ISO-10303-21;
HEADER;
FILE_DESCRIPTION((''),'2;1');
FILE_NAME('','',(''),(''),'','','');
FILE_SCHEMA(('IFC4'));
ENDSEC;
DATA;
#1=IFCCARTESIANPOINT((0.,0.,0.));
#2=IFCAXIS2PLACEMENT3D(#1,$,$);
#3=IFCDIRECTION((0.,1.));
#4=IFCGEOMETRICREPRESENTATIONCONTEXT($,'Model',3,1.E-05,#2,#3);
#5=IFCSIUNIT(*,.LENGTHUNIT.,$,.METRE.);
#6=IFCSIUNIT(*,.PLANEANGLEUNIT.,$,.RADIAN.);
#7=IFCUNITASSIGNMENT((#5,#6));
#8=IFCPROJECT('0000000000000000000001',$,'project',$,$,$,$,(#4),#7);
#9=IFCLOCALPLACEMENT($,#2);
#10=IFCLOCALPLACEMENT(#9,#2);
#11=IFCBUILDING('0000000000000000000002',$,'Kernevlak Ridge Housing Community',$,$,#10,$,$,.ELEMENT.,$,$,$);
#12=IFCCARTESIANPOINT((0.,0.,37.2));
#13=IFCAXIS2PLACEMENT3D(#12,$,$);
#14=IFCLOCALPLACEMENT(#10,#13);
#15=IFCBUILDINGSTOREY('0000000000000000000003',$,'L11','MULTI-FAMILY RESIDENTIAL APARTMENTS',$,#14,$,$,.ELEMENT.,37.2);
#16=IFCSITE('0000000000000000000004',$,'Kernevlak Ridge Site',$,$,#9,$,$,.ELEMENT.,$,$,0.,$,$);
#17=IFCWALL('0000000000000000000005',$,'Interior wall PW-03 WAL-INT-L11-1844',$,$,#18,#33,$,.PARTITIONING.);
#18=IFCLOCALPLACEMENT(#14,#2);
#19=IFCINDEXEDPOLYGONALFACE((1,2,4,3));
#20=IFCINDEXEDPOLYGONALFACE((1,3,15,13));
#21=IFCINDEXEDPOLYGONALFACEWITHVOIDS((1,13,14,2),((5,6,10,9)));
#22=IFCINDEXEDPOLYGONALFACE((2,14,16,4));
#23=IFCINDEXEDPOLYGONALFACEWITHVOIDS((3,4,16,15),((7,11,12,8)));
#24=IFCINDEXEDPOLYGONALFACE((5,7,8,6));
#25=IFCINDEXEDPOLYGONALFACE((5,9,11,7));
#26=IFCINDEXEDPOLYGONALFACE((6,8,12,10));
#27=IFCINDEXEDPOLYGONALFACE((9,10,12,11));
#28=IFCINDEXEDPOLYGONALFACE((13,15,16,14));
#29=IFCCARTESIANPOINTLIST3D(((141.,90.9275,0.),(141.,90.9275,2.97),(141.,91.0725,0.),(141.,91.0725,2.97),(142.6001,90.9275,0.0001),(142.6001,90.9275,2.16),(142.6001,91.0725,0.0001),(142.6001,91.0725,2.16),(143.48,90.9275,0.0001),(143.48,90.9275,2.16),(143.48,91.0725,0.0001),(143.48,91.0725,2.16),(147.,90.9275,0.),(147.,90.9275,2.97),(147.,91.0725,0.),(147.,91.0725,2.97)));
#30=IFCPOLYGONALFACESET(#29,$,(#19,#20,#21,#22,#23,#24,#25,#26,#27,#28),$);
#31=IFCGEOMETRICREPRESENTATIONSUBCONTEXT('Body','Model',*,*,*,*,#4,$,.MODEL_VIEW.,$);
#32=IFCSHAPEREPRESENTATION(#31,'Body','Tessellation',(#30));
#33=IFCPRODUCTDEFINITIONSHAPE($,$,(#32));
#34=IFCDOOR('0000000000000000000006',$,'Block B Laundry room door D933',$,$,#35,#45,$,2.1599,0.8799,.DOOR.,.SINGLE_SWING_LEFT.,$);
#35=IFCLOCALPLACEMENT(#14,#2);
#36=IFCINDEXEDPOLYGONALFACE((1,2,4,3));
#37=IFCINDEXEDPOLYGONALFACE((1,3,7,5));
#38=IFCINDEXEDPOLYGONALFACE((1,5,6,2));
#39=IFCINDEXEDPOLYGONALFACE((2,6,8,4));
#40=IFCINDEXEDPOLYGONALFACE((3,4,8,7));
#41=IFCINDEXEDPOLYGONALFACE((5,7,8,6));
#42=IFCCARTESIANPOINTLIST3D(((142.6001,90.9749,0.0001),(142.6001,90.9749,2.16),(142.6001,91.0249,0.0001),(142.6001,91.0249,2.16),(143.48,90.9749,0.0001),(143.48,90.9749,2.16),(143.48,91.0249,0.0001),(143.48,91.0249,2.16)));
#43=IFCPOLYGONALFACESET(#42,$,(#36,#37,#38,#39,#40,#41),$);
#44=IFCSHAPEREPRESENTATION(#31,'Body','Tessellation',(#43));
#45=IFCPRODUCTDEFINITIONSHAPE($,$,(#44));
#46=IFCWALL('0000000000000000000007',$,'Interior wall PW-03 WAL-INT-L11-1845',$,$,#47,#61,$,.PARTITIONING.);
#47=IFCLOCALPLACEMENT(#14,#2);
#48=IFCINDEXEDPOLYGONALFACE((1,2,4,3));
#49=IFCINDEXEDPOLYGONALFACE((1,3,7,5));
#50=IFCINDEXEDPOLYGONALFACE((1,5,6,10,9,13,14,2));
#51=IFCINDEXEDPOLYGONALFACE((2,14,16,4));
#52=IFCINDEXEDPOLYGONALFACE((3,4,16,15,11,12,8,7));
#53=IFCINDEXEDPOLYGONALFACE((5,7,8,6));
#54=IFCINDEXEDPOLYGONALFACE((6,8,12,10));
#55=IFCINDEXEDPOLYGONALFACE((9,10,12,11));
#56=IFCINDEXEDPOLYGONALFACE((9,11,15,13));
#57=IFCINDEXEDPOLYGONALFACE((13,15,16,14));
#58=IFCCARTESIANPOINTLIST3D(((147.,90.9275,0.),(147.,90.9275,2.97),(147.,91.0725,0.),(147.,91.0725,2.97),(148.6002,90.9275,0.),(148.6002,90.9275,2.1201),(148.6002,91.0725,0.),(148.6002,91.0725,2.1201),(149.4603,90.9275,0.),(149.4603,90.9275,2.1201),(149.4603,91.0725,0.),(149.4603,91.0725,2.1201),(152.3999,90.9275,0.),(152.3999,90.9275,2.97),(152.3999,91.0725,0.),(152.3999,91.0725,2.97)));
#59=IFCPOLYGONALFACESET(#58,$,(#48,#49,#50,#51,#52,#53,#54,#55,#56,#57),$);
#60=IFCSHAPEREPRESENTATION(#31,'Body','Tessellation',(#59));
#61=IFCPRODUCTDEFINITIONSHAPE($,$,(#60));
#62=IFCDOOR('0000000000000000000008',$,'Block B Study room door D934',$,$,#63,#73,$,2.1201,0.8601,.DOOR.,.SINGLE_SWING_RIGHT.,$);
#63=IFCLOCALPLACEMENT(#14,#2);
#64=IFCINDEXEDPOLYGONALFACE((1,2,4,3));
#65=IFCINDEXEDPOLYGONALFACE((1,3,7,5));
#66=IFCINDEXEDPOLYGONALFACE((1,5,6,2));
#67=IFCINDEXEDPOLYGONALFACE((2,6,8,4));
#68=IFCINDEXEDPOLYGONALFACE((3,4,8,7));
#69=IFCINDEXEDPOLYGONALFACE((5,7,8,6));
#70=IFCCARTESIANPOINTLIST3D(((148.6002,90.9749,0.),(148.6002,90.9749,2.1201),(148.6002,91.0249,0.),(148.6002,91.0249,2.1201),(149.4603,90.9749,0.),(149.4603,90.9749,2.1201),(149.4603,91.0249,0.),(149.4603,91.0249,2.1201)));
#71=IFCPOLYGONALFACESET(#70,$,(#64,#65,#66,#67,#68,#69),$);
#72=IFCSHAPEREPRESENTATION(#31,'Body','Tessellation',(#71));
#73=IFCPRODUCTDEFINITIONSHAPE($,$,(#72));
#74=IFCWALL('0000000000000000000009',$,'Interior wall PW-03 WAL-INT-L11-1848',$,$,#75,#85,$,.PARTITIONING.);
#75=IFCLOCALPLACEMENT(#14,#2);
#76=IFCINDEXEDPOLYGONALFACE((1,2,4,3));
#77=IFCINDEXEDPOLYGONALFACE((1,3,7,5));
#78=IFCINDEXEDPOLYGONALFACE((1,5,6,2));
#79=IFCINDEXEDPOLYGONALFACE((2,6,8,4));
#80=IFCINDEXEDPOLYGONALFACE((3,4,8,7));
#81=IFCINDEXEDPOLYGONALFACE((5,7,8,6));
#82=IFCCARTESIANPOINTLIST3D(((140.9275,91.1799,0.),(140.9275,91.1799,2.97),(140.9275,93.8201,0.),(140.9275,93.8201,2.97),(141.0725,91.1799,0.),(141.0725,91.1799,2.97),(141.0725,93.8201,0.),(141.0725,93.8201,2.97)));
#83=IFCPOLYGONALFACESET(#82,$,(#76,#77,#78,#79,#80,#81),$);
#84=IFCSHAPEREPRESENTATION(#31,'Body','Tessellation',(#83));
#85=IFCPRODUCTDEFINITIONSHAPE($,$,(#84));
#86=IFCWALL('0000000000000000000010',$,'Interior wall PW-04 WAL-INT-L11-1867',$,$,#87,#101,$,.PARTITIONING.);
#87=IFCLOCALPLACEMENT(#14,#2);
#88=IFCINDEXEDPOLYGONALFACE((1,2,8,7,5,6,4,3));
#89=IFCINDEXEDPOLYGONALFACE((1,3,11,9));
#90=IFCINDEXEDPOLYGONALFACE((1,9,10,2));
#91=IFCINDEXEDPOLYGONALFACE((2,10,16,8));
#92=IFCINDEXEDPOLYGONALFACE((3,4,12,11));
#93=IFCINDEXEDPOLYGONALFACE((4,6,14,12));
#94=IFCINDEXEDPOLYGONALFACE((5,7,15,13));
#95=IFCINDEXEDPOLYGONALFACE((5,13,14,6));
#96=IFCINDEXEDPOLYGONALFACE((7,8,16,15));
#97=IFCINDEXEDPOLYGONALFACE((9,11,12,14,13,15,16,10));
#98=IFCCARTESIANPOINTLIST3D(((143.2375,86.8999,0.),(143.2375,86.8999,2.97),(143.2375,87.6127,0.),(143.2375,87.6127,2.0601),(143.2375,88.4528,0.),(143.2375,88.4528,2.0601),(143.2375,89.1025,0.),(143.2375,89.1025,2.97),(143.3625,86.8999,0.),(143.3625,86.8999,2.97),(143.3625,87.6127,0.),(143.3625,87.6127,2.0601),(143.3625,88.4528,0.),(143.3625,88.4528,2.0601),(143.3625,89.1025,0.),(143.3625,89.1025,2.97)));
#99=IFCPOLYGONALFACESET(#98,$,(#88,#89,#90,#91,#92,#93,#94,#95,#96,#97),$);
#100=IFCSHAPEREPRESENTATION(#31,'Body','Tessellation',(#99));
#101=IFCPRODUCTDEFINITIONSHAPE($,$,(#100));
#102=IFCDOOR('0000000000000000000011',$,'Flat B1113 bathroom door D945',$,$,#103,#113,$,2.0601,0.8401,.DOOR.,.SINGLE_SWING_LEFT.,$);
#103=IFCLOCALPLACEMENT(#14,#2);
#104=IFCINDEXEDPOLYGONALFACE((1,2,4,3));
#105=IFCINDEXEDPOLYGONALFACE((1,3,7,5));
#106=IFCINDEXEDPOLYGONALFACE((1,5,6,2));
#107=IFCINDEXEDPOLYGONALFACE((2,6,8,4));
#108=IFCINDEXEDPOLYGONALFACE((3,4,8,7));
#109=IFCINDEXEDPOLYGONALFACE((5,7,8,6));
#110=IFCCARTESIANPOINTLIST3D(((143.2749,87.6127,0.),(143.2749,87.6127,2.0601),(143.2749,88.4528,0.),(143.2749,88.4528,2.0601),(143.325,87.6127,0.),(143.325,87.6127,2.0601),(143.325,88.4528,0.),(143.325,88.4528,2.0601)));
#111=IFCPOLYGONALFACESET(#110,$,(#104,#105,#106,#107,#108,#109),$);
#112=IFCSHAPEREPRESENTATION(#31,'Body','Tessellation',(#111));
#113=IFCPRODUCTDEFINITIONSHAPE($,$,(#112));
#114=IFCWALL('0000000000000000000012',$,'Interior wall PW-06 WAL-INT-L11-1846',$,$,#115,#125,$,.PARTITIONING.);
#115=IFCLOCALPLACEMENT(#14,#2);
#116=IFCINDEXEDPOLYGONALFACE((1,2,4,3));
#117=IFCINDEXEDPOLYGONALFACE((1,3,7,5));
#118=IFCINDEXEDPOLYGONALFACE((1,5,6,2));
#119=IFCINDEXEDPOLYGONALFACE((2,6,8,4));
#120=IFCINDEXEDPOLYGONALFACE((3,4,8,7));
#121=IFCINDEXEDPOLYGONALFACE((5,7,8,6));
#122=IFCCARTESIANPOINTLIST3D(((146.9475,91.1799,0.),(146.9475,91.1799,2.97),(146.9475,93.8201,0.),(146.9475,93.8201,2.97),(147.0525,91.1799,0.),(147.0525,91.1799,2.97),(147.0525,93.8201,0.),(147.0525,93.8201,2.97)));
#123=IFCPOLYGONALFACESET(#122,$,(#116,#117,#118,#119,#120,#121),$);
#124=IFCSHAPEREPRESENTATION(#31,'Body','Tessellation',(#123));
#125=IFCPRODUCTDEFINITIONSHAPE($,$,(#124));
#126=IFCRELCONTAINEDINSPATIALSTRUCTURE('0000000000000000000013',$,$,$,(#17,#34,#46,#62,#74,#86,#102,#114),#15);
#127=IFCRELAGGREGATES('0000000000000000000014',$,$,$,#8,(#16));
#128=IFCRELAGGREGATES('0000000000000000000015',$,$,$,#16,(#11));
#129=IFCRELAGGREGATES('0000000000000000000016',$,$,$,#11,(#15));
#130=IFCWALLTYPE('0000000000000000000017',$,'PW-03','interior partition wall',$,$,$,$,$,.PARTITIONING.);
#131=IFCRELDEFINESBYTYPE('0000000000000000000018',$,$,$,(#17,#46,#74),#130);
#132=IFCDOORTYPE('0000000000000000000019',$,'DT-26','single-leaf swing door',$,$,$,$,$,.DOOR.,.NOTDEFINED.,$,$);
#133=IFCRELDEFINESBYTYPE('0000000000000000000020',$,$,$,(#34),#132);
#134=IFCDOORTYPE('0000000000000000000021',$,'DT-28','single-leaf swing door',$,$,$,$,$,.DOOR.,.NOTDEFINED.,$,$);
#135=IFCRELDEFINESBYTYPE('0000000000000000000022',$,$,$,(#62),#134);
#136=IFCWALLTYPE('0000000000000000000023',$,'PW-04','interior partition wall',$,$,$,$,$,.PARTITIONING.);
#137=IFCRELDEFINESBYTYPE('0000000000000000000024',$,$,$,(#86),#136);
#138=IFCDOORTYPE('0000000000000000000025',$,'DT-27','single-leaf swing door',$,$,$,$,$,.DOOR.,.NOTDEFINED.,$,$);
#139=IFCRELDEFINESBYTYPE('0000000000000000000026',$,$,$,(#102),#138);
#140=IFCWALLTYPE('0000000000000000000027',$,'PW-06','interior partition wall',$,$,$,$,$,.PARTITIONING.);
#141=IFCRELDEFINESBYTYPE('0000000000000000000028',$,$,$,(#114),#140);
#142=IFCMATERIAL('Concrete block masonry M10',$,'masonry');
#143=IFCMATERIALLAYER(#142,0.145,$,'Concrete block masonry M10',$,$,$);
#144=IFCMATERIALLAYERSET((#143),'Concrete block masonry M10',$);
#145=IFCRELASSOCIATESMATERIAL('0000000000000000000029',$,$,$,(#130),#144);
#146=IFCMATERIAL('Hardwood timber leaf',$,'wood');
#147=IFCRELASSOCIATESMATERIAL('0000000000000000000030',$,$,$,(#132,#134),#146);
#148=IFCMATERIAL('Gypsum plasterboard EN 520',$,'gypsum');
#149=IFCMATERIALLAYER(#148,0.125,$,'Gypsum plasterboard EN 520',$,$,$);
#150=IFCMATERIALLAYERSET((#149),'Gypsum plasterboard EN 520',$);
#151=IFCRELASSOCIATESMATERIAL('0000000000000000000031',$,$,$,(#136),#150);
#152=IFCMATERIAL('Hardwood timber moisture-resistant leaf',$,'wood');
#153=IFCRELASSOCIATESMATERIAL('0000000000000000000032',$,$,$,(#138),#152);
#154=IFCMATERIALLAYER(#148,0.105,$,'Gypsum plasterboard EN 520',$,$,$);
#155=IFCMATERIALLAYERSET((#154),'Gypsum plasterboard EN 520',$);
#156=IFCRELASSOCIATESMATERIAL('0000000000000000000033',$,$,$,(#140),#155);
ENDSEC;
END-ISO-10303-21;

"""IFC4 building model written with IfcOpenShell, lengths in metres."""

from ifc_helpers import new_model, si_unit, direction, frame, frame_2d, origin, place, context, subcontext, project, spatial, rectangle, extrude, material, layer, layer_set, type_object, element, fill, save


model = new_model("IFC4")

# Units and contexts
model_context = context("Model", 3, precision=1e-05, world=origin(), true_north=direction((0.0, 1.0)))
body_context = subcontext(model_context, "Body", "Model", "MODEL_VIEW")
ifc_project = project(units=[si_unit("LENGTHUNIT", "METRE"), si_unit("PLANEANGLEUNIT", "RADIAN")], contexts=[model_context])

# Site, building, storey
site_placement = place(None, origin())
site = spatial("IfcSite", under=ifc_project, at=site_placement, Name="Kernevlak Ridge Site", CompositionType="ELEMENT", RefElevation=0.0)
building_placement = place(site_placement, origin())
building = spatial("IfcBuilding", under=site, at=building_placement, Name="Kernevlak Ridge Housing Community", CompositionType="ELEMENT")
storey_placement = place(building_placement, frame((0.0, 0.0, 37.2)))
storey = spatial("IfcBuildingStorey", under=building, at=storey_placement, Name="L11", Description="MULTI-FAMILY RESIDENTIAL APARTMENTS", CompositionType="ELEMENT", Elevation=37.2)

# Shared definitions
ifc_material_1 = material(Name="Concrete block masonry M10", Category="masonry")

# Walls, openings, doors
ifc_layer_1 = layer(ifc_material_1, 0.145, Name="Concrete block masonry M10")
ifc_layer_set_1 = layer_set([ifc_layer_1], Name="Concrete block masonry M10")
wall_type_1 = type_object("IfcWallType", Name="PW-03", Description="interior partition wall", PredefinedType="PARTITIONING", material=ifc_layer_set_1)
wall_1_placement = place(storey_placement, frame((141.0, 91.0, 0.0), z_axis=(0.0, 0.0, 1.0), x_axis=(1.0, 0.0, 0.0)))
wall_1 = element("IfcWall", 1, at=wall_1_placement, inside=storey, type_object=wall_type_1, Name="Interior wall PW-03 WAL-INT-L11-1844", PredefinedType="PARTITIONING", context=body_context, shape_type="SweptSolid", body=[
    extrude(rectangle(XDim=6.0, YDim=0.145, at=frame_2d((3.0, 0.0))), origin(), (0.0, 0.0, 1.0), 2.97),
])
opening_1_placement = place(wall_1_placement, frame((1.6001, 0.0, 0.0)))
opening_1 = element("IfcOpeningElement", 2, at=opening_1_placement, cuts=wall_1, PredefinedType="OPENING", context=body_context, shape_type="SweptSolid", body=[
    extrude(rectangle(XDim=0.8799, YDim=2.1599, at=frame_2d((0.4399, 1.0801))), frame((0.0, 0.0825, 0.0), z_axis=(0.0, -1.0, 0.0), x_axis=(1.0, 0.0, 0.0)), (0.0, 0.0, 1.0), 0.165),
])
ifc_material_2 = material(Name="Hardwood timber leaf", Category="wood")
door_type_1 = type_object("IfcDoorType", Name="DT-26", Description="single-leaf swing door", OperationType="NOTDEFINED", PredefinedType="DOOR", material=ifc_material_2)
door_1_placement = place(opening_1_placement, origin())
door_1 = element("IfcDoor", 3, at=door_1_placement, inside=storey, type_object=door_type_1, Name="Block B Laundry room door D933", OperationType="SINGLE_SWING_LEFT", OverallHeight=2.1599, OverallWidth=0.8799, PredefinedType="DOOR", context=body_context, shape_type="SweptSolid", body=[
    extrude(rectangle(XDim=0.8799, YDim=2.1599, at=frame_2d((0.4399, 1.0801))), frame((0.0, 0.0249, 0.0), z_axis=(0.0, -1.0, 0.0), x_axis=(1.0, 0.0, 0.0)), (0.0, 0.0, 1.0), 0.05),
])
fill(opening_1, door_1)
wall_2_placement = place(storey_placement, frame((147.0, 91.0, 0.0), z_axis=(0.0, 0.0, 1.0), x_axis=(1.0, 0.0, 0.0)))
wall_2 = element("IfcWall", 4, at=wall_2_placement, inside=storey, type_object=wall_type_1, Name="Interior wall PW-03 WAL-INT-L11-1845", PredefinedType="PARTITIONING", context=body_context, shape_type="SweptSolid", body=[
    extrude(rectangle(XDim=5.3999, YDim=0.145, at=frame_2d((2.7, 0.0))), origin(), (0.0, 0.0, 1.0), 2.97),
])
opening_2_placement = place(wall_2_placement, frame((1.6001, 0.0, 0.0)))
opening_2 = element("IfcOpeningElement", 5, at=opening_2_placement, cuts=wall_2, PredefinedType="OPENING", context=body_context, shape_type="SweptSolid", body=[
    extrude(rectangle(XDim=0.8601, YDim=2.1201, at=frame_2d((0.4302, 1.0601))), frame((0.0, 0.0825, 0.0), z_axis=(0.0, -1.0, 0.0), x_axis=(1.0, 0.0, 0.0)), (0.0, 0.0, 1.0), 0.165),
])
door_type_2 = type_object("IfcDoorType", Name="DT-28", Description="single-leaf swing door", OperationType="NOTDEFINED", PredefinedType="DOOR", material=ifc_material_2)
door_2_placement = place(opening_2_placement, origin())
door_2 = element("IfcDoor", 6, at=door_2_placement, inside=storey, type_object=door_type_2, Name="Block B Study room door D934", OperationType="SINGLE_SWING_RIGHT", OverallHeight=2.1201, OverallWidth=0.8601, PredefinedType="DOOR", context=body_context, shape_type="SweptSolid", body=[
    extrude(rectangle(XDim=0.8601, YDim=2.1201, at=frame_2d((0.4302, 1.0601))), frame((0.0, 0.0249, 0.0), z_axis=(0.0, -1.0, 0.0), x_axis=(1.0, 0.0, 0.0)), (0.0, 0.0, 1.0), 0.05),
])
fill(opening_2, door_2)

# Wall
wall_3_placement = place(storey_placement, frame((141.0, 91.1799, 0.0), z_axis=(0.0, 0.0, 1.0), x_axis=(0.0, 1.0, 0.0)))
element("IfcWall", 7, at=wall_3_placement, inside=storey, type_object=wall_type_1, Name="Interior wall PW-03 WAL-INT-L11-1848", PredefinedType="PARTITIONING", context=body_context, shape_type="SweptSolid", body=[
    extrude(rectangle(XDim=2.6401, YDim=0.145, at=frame_2d((1.3201, 0.0))), origin(), (0.0, 0.0, 1.0), 2.97),
])

# Wall, opening, door
ifc_material_3 = material(Name="Gypsum plasterboard EN 520", Category="gypsum")
ifc_layer_2 = layer(ifc_material_3, 0.125, Name="Gypsum plasterboard EN 520")
ifc_layer_set_2 = layer_set([ifc_layer_2], Name="Gypsum plasterboard EN 520")
wall_type_2 = type_object("IfcWallType", Name="PW-04", Description="interior partition wall", PredefinedType="PARTITIONING", material=ifc_layer_set_2)
wall_4_placement = place(storey_placement, frame((143.3, 89.1025, 0.0), z_axis=(0.0, 0.0, 1.0), x_axis=(0.0, -1.0, 0.0)))
wall_4 = element("IfcWall", 8, at=wall_4_placement, inside=storey, type_object=wall_type_2, Name="Interior wall PW-04 WAL-INT-L11-1867", PredefinedType="PARTITIONING", context=body_context, shape_type="SweptSolid", body=[
    extrude(rectangle(XDim=2.2026, YDim=0.125, at=frame_2d((1.1013, 0.0))), origin(), (0.0, 0.0, 1.0), 2.97),
])
opening_3_placement = place(wall_4_placement, frame((0.6499, 0.0, 0.0)))
opening_3 = element("IfcOpeningElement", 9, at=opening_3_placement, cuts=wall_4, PredefinedType="OPENING", context=body_context, shape_type="SweptSolid", body=[
    extrude(rectangle(XDim=0.8401, YDim=2.0601, at=frame_2d((0.4199, 1.03))), frame((0.0, 0.0725, 0.0), z_axis=(0.0, -1.0, 0.0), x_axis=(1.0, 0.0, 0.0)), (0.0, 0.0, 1.0), 0.145),
])
ifc_material_4 = material(Name="Hardwood timber moisture-resistant leaf", Category="wood")
door_type_3 = type_object("IfcDoorType", Name="DT-27", Description="single-leaf swing door", OperationType="NOTDEFINED", PredefinedType="DOOR", material=ifc_material_4)
door_3_placement = place(opening_3_placement, origin())
door_3 = element("IfcDoor", 10, at=door_3_placement, inside=storey, type_object=door_type_3, Name="Flat B1113 bathroom door D945", OperationType="SINGLE_SWING_LEFT", OverallHeight=2.0601, OverallWidth=0.8401, PredefinedType="DOOR", context=body_context, shape_type="SweptSolid", body=[
    extrude(rectangle(XDim=0.8401, YDim=2.0601, at=frame_2d((0.4199, 1.03))), frame((0.0, 0.0249, 0.0), z_axis=(0.0, -1.0, 0.0), x_axis=(1.0, 0.0, 0.0)), (0.0, 0.0, 1.0), 0.05),
])
fill(opening_3, door_3)

# Wall
ifc_layer_3 = layer(ifc_material_3, 0.105, Name="Gypsum plasterboard EN 520")
ifc_layer_set_3 = layer_set([ifc_layer_3], Name="Gypsum plasterboard EN 520")
wall_type_3 = type_object("IfcWallType", Name="PW-06", Description="interior partition wall", PredefinedType="PARTITIONING", material=ifc_layer_set_3)
wall_5_placement = place(storey_placement, frame((147.0, 91.1799, 0.0), z_axis=(0.0, 0.0, 1.0), x_axis=(0.0, 1.0, 0.0)))
element("IfcWall", 11, at=wall_5_placement, inside=storey, type_object=wall_type_3, Name="Interior wall PW-06 WAL-INT-L11-1846", PredefinedType="PARTITIONING", context=body_context, shape_type="SweptSolid", body=[
    extrude(rectangle(XDim=2.6401, YDim=0.105, at=frame_2d((1.3201, 0.0))), origin(), (0.0, 0.0, 1.0), 2.97),
])

save(model, "model.ifc")
